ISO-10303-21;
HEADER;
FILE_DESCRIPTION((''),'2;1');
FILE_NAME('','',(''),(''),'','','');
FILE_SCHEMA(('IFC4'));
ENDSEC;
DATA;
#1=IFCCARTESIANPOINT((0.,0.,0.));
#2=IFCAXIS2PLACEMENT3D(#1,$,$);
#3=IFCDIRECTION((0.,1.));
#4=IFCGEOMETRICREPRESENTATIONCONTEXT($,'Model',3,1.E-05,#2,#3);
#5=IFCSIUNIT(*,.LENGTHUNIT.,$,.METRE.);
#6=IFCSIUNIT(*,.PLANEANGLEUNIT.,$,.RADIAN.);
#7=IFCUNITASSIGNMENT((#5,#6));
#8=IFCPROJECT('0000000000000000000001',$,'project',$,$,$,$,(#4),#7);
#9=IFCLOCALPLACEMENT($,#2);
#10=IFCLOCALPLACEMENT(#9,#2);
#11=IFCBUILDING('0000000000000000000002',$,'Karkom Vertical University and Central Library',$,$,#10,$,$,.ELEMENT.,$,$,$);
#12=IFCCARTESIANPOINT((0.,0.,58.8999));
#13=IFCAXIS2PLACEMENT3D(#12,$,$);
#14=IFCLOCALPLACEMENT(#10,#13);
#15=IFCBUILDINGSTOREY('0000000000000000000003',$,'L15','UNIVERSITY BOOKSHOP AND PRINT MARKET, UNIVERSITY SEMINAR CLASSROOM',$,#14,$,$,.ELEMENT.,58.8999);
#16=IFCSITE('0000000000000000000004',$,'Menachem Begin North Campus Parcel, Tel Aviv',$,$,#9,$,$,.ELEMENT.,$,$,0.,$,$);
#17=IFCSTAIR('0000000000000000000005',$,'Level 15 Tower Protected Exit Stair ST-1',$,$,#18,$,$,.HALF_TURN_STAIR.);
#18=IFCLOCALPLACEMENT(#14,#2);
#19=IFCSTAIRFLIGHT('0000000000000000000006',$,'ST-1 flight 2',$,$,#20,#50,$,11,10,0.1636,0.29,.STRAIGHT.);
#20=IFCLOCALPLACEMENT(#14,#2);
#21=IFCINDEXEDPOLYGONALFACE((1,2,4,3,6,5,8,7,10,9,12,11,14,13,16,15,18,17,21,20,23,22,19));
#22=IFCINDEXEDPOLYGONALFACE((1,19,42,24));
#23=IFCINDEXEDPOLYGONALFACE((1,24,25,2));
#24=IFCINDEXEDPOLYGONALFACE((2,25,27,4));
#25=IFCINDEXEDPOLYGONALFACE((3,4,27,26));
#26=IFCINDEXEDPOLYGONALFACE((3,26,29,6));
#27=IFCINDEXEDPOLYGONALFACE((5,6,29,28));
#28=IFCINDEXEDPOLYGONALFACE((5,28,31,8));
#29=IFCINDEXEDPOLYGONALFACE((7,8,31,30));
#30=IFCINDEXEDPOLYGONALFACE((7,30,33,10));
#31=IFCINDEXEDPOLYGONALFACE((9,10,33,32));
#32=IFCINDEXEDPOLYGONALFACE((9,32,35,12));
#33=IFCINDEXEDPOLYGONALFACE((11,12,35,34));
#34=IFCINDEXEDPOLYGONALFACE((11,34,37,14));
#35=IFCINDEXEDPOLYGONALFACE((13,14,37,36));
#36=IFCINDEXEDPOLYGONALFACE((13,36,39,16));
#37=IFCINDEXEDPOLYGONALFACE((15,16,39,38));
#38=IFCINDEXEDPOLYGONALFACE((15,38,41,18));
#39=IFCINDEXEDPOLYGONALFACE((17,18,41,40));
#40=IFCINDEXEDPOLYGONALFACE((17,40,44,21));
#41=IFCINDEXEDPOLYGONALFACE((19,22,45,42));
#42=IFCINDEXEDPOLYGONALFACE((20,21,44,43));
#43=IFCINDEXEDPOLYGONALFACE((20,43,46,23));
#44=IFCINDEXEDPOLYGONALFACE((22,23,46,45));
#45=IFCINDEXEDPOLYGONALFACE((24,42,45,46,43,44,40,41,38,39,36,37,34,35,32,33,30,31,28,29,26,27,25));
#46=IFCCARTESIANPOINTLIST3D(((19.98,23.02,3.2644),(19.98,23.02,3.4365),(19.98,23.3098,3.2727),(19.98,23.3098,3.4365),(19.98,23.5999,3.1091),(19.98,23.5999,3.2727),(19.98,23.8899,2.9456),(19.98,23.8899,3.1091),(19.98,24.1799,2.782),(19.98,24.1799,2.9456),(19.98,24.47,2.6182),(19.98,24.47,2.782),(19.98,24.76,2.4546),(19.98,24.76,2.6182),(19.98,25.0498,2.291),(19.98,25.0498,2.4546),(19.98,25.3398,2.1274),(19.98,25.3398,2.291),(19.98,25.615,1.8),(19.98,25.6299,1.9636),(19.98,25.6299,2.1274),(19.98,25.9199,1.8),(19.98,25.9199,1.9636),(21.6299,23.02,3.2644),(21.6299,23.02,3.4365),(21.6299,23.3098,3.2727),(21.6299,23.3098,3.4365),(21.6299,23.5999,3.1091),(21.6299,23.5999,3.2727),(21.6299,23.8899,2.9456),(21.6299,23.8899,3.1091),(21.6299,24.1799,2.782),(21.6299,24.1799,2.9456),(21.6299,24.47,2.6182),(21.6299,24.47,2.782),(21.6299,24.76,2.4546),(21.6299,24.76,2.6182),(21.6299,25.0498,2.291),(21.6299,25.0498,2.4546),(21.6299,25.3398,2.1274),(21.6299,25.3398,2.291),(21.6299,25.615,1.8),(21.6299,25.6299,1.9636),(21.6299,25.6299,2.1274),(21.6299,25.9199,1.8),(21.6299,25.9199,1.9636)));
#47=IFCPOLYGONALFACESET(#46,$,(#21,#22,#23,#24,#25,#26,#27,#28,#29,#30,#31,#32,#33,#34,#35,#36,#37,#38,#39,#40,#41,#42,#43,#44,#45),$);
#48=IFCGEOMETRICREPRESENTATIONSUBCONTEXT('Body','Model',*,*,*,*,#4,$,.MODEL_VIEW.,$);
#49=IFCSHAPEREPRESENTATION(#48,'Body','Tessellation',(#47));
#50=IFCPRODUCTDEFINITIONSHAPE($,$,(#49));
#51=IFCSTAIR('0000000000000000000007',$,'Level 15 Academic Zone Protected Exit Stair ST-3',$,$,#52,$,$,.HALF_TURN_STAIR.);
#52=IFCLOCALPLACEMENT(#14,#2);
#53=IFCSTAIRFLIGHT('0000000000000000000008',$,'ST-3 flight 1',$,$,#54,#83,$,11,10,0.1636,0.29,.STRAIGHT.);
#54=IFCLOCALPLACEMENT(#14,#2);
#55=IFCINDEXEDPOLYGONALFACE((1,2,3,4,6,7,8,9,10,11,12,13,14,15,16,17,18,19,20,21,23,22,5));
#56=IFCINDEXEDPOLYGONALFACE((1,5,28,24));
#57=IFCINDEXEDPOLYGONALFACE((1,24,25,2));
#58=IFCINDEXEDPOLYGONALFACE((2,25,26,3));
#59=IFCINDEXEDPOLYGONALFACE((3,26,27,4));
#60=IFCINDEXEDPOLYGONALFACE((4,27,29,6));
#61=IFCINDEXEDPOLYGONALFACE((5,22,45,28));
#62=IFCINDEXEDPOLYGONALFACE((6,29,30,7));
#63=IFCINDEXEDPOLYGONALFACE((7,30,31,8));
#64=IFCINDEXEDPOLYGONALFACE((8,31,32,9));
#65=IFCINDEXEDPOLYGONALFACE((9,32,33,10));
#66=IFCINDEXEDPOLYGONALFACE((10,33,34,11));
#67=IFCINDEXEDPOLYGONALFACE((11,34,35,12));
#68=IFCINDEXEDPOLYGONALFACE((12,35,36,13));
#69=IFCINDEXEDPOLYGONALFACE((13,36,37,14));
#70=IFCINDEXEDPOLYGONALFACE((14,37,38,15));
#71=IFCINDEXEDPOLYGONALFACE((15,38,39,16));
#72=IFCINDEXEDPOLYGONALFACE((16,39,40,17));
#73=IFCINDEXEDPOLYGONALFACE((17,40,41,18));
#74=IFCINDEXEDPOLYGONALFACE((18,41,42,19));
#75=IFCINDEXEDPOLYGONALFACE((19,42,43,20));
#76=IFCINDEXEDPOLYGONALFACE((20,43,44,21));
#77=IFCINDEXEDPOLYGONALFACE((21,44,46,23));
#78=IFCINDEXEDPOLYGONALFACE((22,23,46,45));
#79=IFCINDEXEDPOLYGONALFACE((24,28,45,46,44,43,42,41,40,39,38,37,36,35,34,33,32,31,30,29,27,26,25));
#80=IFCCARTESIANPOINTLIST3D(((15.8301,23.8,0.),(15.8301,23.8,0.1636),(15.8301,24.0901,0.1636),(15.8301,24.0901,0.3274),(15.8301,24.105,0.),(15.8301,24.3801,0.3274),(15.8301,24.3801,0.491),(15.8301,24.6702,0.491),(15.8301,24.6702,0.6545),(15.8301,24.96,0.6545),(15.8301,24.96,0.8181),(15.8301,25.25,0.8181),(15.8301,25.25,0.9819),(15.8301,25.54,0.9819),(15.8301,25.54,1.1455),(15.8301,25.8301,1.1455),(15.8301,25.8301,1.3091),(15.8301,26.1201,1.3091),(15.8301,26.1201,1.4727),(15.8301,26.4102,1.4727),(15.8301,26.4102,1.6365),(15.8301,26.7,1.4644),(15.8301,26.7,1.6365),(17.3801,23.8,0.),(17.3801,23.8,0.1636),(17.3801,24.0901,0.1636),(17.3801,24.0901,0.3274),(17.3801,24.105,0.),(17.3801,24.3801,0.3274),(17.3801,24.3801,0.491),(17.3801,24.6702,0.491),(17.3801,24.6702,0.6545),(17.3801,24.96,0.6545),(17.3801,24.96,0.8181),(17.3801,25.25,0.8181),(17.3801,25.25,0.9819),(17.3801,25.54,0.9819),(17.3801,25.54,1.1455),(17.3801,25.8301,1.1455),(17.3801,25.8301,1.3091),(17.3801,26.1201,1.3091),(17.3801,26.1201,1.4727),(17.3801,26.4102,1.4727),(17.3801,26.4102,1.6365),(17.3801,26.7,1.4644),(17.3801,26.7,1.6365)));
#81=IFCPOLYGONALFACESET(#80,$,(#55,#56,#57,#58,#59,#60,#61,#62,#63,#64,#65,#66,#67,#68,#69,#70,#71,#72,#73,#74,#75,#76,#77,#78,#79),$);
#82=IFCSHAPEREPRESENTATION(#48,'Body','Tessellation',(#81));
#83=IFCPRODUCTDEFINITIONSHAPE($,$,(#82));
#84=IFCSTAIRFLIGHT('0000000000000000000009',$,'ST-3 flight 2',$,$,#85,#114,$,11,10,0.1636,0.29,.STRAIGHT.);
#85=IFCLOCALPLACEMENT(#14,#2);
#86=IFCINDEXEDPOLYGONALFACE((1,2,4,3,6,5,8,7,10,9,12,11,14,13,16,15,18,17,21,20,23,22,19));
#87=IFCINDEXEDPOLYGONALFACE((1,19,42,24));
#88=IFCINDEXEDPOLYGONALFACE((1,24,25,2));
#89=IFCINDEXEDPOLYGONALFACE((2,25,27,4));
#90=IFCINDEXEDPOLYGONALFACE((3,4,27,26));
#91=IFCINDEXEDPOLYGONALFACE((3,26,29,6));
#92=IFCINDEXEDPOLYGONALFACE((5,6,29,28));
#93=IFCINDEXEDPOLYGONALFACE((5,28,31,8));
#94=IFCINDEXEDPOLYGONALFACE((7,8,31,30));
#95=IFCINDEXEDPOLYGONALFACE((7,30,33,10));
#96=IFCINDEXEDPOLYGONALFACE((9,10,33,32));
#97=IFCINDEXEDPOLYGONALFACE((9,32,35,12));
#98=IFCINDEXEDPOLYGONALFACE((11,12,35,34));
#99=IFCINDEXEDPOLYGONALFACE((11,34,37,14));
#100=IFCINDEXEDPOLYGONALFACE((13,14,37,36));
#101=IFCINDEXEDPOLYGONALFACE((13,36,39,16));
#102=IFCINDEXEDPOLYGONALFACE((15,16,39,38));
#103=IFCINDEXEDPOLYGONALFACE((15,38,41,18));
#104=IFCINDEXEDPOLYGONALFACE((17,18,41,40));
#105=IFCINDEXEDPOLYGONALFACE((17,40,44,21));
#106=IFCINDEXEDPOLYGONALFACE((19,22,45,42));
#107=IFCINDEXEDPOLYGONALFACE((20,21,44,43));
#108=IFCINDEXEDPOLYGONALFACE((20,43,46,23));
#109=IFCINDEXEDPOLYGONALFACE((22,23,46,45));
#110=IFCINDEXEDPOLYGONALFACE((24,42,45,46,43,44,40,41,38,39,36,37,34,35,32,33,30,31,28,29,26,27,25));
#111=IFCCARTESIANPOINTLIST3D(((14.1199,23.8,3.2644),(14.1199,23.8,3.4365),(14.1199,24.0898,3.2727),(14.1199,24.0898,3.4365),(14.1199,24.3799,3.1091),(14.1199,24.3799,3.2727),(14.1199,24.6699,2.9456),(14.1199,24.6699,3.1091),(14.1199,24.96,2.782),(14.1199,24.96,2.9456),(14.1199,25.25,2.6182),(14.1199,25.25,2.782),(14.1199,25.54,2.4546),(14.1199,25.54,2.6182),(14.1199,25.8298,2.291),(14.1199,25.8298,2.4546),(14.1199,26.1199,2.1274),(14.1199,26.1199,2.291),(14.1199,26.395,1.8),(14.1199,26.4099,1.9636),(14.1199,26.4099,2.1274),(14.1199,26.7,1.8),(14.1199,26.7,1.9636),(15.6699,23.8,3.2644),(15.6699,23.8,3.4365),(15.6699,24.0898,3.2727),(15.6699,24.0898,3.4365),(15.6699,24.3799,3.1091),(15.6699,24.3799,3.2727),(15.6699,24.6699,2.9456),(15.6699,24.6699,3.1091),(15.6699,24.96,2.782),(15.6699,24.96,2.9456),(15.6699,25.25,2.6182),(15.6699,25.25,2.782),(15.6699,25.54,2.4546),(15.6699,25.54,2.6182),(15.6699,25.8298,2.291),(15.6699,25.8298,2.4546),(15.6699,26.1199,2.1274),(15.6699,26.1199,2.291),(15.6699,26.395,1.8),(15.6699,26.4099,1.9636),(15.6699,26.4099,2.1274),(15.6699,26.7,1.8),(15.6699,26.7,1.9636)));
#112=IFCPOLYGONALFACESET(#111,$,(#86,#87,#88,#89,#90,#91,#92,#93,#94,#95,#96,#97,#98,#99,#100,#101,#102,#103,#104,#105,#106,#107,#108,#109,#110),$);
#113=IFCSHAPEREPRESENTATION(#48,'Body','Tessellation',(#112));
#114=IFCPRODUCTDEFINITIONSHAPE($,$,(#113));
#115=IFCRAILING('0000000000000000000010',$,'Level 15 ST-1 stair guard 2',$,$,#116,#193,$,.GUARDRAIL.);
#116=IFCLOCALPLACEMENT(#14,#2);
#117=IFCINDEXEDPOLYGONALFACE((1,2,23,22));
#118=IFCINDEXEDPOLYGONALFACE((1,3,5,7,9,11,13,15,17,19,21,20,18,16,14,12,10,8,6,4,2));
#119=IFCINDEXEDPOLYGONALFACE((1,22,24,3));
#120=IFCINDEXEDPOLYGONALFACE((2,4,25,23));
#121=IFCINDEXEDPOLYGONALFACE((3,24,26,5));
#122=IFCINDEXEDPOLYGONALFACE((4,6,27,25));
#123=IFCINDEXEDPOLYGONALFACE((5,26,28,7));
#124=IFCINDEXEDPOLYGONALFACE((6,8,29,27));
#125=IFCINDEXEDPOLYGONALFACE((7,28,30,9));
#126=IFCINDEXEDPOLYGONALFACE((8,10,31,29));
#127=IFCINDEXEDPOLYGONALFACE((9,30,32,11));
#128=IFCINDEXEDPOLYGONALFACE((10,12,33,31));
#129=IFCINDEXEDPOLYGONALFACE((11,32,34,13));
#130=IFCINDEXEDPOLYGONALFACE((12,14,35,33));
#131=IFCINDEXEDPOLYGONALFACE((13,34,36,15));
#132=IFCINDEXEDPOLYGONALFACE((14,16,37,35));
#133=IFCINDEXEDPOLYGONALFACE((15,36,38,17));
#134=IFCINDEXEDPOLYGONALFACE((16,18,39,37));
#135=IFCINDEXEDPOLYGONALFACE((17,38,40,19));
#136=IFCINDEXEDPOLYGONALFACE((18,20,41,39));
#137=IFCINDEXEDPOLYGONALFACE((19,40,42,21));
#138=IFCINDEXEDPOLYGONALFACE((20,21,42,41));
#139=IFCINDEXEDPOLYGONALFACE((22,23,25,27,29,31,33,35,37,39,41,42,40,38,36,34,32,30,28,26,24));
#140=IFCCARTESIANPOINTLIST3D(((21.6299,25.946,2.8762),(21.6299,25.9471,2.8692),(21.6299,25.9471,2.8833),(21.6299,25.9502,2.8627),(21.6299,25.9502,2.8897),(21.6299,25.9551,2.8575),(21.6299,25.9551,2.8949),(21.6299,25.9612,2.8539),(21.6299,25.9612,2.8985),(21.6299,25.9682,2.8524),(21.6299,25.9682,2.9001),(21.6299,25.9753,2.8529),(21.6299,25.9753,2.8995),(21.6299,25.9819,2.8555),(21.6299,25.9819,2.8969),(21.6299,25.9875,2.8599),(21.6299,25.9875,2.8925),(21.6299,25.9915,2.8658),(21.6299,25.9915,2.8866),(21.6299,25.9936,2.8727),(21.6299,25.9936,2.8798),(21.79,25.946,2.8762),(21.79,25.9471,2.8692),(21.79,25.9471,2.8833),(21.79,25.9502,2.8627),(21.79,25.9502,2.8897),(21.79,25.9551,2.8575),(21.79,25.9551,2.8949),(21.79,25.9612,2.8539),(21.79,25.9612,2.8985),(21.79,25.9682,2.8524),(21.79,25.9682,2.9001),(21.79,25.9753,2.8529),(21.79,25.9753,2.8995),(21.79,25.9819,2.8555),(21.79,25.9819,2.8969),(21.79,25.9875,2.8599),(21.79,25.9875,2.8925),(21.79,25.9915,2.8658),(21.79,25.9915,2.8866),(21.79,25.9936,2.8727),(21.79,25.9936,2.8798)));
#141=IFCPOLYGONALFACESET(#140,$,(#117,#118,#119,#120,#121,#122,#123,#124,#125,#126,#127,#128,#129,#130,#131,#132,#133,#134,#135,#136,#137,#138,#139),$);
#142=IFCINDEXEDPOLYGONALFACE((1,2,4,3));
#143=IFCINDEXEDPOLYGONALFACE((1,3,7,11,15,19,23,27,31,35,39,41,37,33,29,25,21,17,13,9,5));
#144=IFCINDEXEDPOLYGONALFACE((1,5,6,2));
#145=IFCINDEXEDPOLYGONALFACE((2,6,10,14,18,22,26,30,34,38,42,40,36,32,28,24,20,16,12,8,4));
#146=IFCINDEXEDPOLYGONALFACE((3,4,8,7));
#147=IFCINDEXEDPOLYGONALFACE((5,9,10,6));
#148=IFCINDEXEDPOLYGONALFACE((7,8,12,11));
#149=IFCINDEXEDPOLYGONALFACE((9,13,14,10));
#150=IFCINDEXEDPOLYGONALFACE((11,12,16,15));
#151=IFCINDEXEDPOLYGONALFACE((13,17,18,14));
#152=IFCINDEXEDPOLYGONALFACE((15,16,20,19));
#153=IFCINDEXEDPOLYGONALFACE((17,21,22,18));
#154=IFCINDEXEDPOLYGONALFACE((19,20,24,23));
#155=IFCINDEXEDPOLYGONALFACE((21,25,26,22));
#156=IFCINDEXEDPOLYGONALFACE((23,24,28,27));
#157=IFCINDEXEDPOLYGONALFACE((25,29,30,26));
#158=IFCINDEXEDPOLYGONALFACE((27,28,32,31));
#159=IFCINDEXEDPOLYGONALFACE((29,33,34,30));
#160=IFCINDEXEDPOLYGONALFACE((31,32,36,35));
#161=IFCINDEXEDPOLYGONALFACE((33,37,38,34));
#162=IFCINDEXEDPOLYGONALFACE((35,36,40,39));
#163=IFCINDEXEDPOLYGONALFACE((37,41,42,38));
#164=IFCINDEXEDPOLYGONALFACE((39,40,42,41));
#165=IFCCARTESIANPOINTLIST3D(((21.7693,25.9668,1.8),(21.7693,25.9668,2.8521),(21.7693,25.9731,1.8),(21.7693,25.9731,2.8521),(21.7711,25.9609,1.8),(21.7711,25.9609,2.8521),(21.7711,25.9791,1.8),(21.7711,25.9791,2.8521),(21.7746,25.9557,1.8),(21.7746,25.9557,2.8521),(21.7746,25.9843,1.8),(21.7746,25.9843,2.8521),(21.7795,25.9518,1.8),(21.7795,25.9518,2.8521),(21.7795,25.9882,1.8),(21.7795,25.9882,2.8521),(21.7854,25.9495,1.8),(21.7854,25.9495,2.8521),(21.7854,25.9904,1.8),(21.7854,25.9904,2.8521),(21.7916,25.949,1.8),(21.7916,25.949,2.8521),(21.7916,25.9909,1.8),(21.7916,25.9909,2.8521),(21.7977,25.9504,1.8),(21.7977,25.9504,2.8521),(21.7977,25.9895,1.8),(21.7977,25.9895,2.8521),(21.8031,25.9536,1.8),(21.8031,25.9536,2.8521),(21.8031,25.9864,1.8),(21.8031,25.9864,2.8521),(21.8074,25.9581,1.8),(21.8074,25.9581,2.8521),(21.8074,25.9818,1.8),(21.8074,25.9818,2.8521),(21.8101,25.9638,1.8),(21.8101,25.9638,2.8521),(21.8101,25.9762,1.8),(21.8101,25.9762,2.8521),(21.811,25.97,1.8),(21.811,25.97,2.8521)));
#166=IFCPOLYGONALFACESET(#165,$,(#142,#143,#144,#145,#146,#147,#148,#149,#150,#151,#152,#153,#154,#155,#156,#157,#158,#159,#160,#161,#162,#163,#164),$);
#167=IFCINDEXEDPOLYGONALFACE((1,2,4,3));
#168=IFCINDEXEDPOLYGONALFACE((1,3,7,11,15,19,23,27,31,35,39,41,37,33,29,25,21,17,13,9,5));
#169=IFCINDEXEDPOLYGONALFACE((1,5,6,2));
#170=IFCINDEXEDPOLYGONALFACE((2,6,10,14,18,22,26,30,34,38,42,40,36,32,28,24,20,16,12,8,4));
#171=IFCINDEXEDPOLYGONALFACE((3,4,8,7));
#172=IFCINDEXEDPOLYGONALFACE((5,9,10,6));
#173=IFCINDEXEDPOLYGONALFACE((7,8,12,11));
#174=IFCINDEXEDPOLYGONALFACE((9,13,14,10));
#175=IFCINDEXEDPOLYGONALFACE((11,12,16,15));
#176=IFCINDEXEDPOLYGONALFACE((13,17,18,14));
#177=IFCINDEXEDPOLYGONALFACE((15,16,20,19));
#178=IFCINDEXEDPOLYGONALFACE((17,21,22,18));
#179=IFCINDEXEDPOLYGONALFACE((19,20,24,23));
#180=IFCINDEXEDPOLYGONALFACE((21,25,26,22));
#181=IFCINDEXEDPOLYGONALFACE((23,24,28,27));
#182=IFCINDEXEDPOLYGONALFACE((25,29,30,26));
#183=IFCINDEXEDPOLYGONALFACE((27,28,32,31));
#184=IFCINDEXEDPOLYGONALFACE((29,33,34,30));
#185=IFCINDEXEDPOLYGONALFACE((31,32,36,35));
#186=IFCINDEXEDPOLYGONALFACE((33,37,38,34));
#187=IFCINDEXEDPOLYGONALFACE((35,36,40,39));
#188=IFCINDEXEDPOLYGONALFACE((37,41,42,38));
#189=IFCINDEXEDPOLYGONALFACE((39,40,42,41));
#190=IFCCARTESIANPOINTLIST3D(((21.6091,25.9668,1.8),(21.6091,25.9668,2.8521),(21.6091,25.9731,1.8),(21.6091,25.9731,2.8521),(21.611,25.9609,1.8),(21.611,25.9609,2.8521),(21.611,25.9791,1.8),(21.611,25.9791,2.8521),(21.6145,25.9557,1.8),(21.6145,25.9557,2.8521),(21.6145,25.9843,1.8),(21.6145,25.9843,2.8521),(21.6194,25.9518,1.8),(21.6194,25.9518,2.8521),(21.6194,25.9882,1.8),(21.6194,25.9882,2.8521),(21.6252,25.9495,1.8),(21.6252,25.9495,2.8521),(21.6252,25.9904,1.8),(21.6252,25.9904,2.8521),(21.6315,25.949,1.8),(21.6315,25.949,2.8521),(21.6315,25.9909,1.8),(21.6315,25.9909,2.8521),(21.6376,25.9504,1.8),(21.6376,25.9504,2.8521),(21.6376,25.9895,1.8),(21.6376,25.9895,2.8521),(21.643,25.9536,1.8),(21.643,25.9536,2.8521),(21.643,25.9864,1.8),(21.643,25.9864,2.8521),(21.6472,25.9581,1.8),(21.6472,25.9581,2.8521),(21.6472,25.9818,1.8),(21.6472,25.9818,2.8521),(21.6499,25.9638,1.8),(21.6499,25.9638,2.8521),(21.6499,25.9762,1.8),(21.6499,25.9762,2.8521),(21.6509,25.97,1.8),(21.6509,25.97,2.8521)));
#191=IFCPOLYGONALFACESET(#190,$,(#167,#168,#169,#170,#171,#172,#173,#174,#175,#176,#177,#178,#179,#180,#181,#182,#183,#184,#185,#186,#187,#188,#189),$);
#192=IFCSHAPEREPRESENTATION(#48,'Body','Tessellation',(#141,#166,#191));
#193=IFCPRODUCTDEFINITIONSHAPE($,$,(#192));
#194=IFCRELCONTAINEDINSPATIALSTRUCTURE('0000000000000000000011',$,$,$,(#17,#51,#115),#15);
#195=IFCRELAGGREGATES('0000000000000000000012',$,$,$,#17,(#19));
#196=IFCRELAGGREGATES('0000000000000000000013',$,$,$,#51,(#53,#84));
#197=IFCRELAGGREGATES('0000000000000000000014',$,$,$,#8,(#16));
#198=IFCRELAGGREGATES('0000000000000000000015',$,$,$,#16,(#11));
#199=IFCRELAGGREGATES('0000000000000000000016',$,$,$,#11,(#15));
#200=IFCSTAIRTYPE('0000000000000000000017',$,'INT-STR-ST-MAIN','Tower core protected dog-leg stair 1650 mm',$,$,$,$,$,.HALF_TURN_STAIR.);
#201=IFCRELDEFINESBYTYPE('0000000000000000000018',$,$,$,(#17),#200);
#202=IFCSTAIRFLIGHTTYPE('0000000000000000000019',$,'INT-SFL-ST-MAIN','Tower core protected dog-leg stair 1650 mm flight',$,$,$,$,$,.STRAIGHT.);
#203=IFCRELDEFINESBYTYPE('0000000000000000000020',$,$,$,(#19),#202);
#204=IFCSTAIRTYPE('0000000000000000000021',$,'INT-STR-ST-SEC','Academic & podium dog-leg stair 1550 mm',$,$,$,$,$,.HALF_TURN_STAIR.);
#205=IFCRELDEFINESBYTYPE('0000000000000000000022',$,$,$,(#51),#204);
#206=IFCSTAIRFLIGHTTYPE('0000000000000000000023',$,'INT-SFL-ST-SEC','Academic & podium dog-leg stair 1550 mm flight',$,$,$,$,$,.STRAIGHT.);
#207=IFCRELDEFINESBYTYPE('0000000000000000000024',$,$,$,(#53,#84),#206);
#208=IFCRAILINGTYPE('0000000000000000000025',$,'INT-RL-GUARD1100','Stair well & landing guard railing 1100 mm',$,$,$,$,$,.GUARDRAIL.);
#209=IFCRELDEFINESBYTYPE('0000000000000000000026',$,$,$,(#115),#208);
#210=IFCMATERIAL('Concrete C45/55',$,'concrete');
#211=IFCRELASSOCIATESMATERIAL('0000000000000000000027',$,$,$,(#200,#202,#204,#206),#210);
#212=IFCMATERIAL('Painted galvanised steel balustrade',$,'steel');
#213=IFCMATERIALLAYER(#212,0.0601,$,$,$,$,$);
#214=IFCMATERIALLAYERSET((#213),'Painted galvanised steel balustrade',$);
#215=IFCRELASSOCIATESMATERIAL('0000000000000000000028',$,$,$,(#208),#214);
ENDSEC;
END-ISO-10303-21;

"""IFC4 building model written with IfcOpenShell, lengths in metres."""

from ifc_helpers import new_model, si_unit, direction, frame, origin, origin_2d, place, context, subcontext, project, spatial, polyline, circle, outline, extrude, material, layer, layer_set, type_object, element, aggregate, save


model = new_model("IFC4")

# Units and contexts
model_context = context("Model", 3, precision=1e-05, world=origin(), true_north=direction((0.0, 1.0)))
body_context = subcontext(model_context, "Body", "Model", "MODEL_VIEW")
ifc_project = project(units=[si_unit("LENGTHUNIT", "METRE"), si_unit("PLANEANGLEUNIT", "RADIAN")], contexts=[model_context])

# Site, building, storey
site_placement = place(None, origin())
site = spatial("IfcSite", under=ifc_project, at=site_placement, Name="Menachem Begin North Campus Parcel, Tel Aviv", CompositionType="ELEMENT", RefElevation=0.0)
building_placement = place(site_placement, origin())
building = spatial("IfcBuilding", under=site, at=building_placement, Name="Karkom Vertical University and Central Library", CompositionType="ELEMENT")
storey_placement = place(building_placement, frame((0.0, 0.0, 58.8999)))
storey = spatial("IfcBuildingStorey", under=building, at=storey_placement, Name="L15", Description="UNIVERSITY BOOKSHOP AND PRINT MARKET, UNIVERSITY SEMINAR CLASSROOM", CompositionType="ELEMENT", Elevation=58.8999)

# Shared definitions
ifc_material_1 = material(Name="Concrete C45/55", Category="concrete")

# Stair, stair flight
stair_type_1 = type_object("IfcStairType", Name="INT-STR-ST-MAIN", Description="Tower core protected dog-leg stair 1650 mm", PredefinedType="HALF_TURN_STAIR", material=ifc_material_1)
stair_1_placement = place(storey_placement, origin())
stair_1 = element("IfcStair", 1, at=stair_1_placement, inside=storey, type_object=stair_type_1, Name="Level 15 Tower Protected Exit Stair ST-1", PredefinedType="HALF_TURN_STAIR")
stair_flight_type_1 = type_object("IfcStairFlightType", Name="INT-SFL-ST-MAIN", Description="Tower core protected dog-leg stair 1650 mm flight", PredefinedType="STRAIGHT", material=ifc_material_1)
stair_flight_1_placement = place(storey_placement, frame((20.8049, 25.9199, 1.8), z_axis=(0.0, 0.0, 1.0), x_axis=(0.0, -1.0, 0.0)))
stair_flight_1 = element("IfcStairFlight", 2, at=stair_flight_1_placement, type_object=stair_flight_type_1, Name="ST-1 flight 2", NumberOfRisers=11, NumberOfTreads=10, PredefinedType="STRAIGHT", RiserHeight=0.1636, TreadLength=0.29, context=body_context, shape_type="SweptSolid", body=[
    extrude(outline(polyline([(0.0, 0.0), (0.0, 0.1636), (0.29, 0.1636), (0.29, 0.3274), (0.5801, 0.3274), (0.5801, 0.491), (0.8701, 0.491), (0.8701, 0.6545), (1.1599, 0.6545), (1.1599, 0.8181), (1.45, 0.8181), (1.45, 0.9819), (1.74, 0.9819), (1.74, 1.1455), (2.03, 1.1455), (2.03, 1.3091), (2.3201, 1.3091), (2.3201, 1.4727), (2.6101, 1.4727), (2.6101, 1.6365), (2.8999, 1.6365), (2.8999, 1.8), (2.8999, 1.4644), (0.3049, 0.0), (0.0, 0.0)])), frame((0.0, 0.825, 0.0), z_axis=(0.0, -1.0, 0.0), x_axis=(1.0, 0.0, 0.0)), (0.0, 0.0, 1.0), 1.6499),
])
aggregate(stair_1, [stair_flight_1])

# Stair, stair flights
stair_type_2 = type_object("IfcStairType", Name="INT-STR-ST-SEC", Description="Academic & podium dog-leg stair 1550 mm", PredefinedType="HALF_TURN_STAIR", material=ifc_material_1)
stair_2_placement = place(storey_placement, origin())
stair_2 = element("IfcStair", 3, at=stair_2_placement, inside=storey, type_object=stair_type_2, Name="Level 15 Academic Zone Protected Exit Stair ST-3", PredefinedType="HALF_TURN_STAIR")
stair_flight_type_2 = type_object("IfcStairFlightType", Name="INT-SFL-ST-SEC", Description="Academic & podium dog-leg stair 1550 mm flight", PredefinedType="STRAIGHT", material=ifc_material_1)
stair_flight_2_placement = place(storey_placement, frame((16.605, 23.8, 0.0), z_axis=(0.0, 0.0, 1.0), x_axis=(0.0, 1.0, 0.0)))
stair_flight_2 = element("IfcStairFlight", 4, at=stair_flight_2_placement, type_object=stair_flight_type_2, Name="ST-3 flight 1", NumberOfRisers=11, NumberOfTreads=10, PredefinedType="STRAIGHT", RiserHeight=0.1636, TreadLength=0.29, context=body_context, shape_type="SweptSolid", body=[
    extrude(outline(polyline([(0.0, 0.0), (0.0, 0.1636), (0.29, 0.1636), (0.29, 0.3274), (0.5801, 0.3274), (0.5801, 0.491), (0.8701, 0.491), (0.8701, 0.6545), (1.1599, 0.6545), (1.1599, 0.8181), (1.45, 0.8181), (1.45, 0.9819), (1.74, 0.9819), (1.74, 1.1455), (2.03, 1.1455), (2.03, 1.3091), (2.3201, 1.3091), (2.3201, 1.4727), (2.6101, 1.4727), (2.6101, 1.6365), (2.8999, 1.6365), (2.8999, 1.8), (2.8999, 1.4644), (0.3049, 0.0), (0.0, 0.0)])), frame((0.0, 0.7749, 0.0), z_axis=(0.0, -1.0, 0.0), x_axis=(1.0, 0.0, 0.0)), (0.0, 0.0, 1.0), 1.55),
])
stair_flight_3_placement = place(storey_placement, frame((14.895, 26.7, 1.8), z_axis=(0.0, 0.0, 1.0), x_axis=(0.0, -1.0, 0.0)))
stair_flight_3 = element("IfcStairFlight", 5, at=stair_flight_3_placement, type_object=stair_flight_type_2, Name="ST-3 flight 2", NumberOfRisers=11, NumberOfTreads=10, PredefinedType="STRAIGHT", RiserHeight=0.1636, TreadLength=0.29, context=body_context, shape_type="SweptSolid", body=[
    extrude(outline(polyline([(0.0, 0.0), (0.0, 0.1636), (0.29, 0.1636), (0.29, 0.3274), (0.5801, 0.3274), (0.5801, 0.491), (0.8701, 0.491), (0.8701, 0.6545), (1.1599, 0.6545), (1.1599, 0.8181), (1.45, 0.8181), (1.45, 0.9819), (1.74, 0.9819), (1.74, 1.1455), (2.03, 1.1455), (2.03, 1.3091), (2.3201, 1.3091), (2.3201, 1.4727), (2.6101, 1.4727), (2.6101, 1.6365), (2.8999, 1.6365), (2.8999, 1.8), (2.8999, 1.4644), (0.3049, 0.0), (0.0, 0.0)])), frame((0.0, 0.7749, 0.0), z_axis=(0.0, -1.0, 0.0), x_axis=(1.0, 0.0, 0.0)), (0.0, 0.0, 1.0), 1.55),
])
aggregate(stair_2, [stair_flight_2, stair_flight_3])

# Railing
ifc_material_2 = material(Name="Painted galvanised steel balustrade", Category="steel")
ifc_layer_1 = layer(ifc_material_2, 0.0601)
ifc_layer_set_1 = layer_set([ifc_layer_1], Name="Painted galvanised steel balustrade")
railing_type_1 = type_object("IfcRailingType", Name="INT-RL-GUARD1100", Description="Stair well & landing guard railing 1100 mm", PredefinedType="GUARDRAIL", material=ifc_layer_set_1)
railing_1_placement = place(storey_placement, frame((21.79, 25.97, 1.8)))
element("IfcRailing", 6, at=railing_1_placement, inside=storey, type_object=railing_type_1, Name="Level 15 ST-1 stair guard 2", PredefinedType="GUARDRAIL", context=body_context, shape_type="SweptSolid", body=[
    extrude(circle(Radius=0.0239, at=origin_2d()), frame((0.0, 0.0, 1.0762), z_axis=(-1.0, 0.0, 0.0), x_axis=(0.0, -1.0, 0.0)), (0.0, 0.0, 1.0), 0.1602),
    extrude(circle(Radius=0.021, at=origin_2d()), origin(), (0.0, 0.0, 1.0), 1.052),
    extrude(circle(Radius=0.021, at=origin_2d()), frame((-0.1602, 0.0, 0.0)), (0.0, 0.0, 1.0), 1.052),
])

save(model, "model.ifc")
